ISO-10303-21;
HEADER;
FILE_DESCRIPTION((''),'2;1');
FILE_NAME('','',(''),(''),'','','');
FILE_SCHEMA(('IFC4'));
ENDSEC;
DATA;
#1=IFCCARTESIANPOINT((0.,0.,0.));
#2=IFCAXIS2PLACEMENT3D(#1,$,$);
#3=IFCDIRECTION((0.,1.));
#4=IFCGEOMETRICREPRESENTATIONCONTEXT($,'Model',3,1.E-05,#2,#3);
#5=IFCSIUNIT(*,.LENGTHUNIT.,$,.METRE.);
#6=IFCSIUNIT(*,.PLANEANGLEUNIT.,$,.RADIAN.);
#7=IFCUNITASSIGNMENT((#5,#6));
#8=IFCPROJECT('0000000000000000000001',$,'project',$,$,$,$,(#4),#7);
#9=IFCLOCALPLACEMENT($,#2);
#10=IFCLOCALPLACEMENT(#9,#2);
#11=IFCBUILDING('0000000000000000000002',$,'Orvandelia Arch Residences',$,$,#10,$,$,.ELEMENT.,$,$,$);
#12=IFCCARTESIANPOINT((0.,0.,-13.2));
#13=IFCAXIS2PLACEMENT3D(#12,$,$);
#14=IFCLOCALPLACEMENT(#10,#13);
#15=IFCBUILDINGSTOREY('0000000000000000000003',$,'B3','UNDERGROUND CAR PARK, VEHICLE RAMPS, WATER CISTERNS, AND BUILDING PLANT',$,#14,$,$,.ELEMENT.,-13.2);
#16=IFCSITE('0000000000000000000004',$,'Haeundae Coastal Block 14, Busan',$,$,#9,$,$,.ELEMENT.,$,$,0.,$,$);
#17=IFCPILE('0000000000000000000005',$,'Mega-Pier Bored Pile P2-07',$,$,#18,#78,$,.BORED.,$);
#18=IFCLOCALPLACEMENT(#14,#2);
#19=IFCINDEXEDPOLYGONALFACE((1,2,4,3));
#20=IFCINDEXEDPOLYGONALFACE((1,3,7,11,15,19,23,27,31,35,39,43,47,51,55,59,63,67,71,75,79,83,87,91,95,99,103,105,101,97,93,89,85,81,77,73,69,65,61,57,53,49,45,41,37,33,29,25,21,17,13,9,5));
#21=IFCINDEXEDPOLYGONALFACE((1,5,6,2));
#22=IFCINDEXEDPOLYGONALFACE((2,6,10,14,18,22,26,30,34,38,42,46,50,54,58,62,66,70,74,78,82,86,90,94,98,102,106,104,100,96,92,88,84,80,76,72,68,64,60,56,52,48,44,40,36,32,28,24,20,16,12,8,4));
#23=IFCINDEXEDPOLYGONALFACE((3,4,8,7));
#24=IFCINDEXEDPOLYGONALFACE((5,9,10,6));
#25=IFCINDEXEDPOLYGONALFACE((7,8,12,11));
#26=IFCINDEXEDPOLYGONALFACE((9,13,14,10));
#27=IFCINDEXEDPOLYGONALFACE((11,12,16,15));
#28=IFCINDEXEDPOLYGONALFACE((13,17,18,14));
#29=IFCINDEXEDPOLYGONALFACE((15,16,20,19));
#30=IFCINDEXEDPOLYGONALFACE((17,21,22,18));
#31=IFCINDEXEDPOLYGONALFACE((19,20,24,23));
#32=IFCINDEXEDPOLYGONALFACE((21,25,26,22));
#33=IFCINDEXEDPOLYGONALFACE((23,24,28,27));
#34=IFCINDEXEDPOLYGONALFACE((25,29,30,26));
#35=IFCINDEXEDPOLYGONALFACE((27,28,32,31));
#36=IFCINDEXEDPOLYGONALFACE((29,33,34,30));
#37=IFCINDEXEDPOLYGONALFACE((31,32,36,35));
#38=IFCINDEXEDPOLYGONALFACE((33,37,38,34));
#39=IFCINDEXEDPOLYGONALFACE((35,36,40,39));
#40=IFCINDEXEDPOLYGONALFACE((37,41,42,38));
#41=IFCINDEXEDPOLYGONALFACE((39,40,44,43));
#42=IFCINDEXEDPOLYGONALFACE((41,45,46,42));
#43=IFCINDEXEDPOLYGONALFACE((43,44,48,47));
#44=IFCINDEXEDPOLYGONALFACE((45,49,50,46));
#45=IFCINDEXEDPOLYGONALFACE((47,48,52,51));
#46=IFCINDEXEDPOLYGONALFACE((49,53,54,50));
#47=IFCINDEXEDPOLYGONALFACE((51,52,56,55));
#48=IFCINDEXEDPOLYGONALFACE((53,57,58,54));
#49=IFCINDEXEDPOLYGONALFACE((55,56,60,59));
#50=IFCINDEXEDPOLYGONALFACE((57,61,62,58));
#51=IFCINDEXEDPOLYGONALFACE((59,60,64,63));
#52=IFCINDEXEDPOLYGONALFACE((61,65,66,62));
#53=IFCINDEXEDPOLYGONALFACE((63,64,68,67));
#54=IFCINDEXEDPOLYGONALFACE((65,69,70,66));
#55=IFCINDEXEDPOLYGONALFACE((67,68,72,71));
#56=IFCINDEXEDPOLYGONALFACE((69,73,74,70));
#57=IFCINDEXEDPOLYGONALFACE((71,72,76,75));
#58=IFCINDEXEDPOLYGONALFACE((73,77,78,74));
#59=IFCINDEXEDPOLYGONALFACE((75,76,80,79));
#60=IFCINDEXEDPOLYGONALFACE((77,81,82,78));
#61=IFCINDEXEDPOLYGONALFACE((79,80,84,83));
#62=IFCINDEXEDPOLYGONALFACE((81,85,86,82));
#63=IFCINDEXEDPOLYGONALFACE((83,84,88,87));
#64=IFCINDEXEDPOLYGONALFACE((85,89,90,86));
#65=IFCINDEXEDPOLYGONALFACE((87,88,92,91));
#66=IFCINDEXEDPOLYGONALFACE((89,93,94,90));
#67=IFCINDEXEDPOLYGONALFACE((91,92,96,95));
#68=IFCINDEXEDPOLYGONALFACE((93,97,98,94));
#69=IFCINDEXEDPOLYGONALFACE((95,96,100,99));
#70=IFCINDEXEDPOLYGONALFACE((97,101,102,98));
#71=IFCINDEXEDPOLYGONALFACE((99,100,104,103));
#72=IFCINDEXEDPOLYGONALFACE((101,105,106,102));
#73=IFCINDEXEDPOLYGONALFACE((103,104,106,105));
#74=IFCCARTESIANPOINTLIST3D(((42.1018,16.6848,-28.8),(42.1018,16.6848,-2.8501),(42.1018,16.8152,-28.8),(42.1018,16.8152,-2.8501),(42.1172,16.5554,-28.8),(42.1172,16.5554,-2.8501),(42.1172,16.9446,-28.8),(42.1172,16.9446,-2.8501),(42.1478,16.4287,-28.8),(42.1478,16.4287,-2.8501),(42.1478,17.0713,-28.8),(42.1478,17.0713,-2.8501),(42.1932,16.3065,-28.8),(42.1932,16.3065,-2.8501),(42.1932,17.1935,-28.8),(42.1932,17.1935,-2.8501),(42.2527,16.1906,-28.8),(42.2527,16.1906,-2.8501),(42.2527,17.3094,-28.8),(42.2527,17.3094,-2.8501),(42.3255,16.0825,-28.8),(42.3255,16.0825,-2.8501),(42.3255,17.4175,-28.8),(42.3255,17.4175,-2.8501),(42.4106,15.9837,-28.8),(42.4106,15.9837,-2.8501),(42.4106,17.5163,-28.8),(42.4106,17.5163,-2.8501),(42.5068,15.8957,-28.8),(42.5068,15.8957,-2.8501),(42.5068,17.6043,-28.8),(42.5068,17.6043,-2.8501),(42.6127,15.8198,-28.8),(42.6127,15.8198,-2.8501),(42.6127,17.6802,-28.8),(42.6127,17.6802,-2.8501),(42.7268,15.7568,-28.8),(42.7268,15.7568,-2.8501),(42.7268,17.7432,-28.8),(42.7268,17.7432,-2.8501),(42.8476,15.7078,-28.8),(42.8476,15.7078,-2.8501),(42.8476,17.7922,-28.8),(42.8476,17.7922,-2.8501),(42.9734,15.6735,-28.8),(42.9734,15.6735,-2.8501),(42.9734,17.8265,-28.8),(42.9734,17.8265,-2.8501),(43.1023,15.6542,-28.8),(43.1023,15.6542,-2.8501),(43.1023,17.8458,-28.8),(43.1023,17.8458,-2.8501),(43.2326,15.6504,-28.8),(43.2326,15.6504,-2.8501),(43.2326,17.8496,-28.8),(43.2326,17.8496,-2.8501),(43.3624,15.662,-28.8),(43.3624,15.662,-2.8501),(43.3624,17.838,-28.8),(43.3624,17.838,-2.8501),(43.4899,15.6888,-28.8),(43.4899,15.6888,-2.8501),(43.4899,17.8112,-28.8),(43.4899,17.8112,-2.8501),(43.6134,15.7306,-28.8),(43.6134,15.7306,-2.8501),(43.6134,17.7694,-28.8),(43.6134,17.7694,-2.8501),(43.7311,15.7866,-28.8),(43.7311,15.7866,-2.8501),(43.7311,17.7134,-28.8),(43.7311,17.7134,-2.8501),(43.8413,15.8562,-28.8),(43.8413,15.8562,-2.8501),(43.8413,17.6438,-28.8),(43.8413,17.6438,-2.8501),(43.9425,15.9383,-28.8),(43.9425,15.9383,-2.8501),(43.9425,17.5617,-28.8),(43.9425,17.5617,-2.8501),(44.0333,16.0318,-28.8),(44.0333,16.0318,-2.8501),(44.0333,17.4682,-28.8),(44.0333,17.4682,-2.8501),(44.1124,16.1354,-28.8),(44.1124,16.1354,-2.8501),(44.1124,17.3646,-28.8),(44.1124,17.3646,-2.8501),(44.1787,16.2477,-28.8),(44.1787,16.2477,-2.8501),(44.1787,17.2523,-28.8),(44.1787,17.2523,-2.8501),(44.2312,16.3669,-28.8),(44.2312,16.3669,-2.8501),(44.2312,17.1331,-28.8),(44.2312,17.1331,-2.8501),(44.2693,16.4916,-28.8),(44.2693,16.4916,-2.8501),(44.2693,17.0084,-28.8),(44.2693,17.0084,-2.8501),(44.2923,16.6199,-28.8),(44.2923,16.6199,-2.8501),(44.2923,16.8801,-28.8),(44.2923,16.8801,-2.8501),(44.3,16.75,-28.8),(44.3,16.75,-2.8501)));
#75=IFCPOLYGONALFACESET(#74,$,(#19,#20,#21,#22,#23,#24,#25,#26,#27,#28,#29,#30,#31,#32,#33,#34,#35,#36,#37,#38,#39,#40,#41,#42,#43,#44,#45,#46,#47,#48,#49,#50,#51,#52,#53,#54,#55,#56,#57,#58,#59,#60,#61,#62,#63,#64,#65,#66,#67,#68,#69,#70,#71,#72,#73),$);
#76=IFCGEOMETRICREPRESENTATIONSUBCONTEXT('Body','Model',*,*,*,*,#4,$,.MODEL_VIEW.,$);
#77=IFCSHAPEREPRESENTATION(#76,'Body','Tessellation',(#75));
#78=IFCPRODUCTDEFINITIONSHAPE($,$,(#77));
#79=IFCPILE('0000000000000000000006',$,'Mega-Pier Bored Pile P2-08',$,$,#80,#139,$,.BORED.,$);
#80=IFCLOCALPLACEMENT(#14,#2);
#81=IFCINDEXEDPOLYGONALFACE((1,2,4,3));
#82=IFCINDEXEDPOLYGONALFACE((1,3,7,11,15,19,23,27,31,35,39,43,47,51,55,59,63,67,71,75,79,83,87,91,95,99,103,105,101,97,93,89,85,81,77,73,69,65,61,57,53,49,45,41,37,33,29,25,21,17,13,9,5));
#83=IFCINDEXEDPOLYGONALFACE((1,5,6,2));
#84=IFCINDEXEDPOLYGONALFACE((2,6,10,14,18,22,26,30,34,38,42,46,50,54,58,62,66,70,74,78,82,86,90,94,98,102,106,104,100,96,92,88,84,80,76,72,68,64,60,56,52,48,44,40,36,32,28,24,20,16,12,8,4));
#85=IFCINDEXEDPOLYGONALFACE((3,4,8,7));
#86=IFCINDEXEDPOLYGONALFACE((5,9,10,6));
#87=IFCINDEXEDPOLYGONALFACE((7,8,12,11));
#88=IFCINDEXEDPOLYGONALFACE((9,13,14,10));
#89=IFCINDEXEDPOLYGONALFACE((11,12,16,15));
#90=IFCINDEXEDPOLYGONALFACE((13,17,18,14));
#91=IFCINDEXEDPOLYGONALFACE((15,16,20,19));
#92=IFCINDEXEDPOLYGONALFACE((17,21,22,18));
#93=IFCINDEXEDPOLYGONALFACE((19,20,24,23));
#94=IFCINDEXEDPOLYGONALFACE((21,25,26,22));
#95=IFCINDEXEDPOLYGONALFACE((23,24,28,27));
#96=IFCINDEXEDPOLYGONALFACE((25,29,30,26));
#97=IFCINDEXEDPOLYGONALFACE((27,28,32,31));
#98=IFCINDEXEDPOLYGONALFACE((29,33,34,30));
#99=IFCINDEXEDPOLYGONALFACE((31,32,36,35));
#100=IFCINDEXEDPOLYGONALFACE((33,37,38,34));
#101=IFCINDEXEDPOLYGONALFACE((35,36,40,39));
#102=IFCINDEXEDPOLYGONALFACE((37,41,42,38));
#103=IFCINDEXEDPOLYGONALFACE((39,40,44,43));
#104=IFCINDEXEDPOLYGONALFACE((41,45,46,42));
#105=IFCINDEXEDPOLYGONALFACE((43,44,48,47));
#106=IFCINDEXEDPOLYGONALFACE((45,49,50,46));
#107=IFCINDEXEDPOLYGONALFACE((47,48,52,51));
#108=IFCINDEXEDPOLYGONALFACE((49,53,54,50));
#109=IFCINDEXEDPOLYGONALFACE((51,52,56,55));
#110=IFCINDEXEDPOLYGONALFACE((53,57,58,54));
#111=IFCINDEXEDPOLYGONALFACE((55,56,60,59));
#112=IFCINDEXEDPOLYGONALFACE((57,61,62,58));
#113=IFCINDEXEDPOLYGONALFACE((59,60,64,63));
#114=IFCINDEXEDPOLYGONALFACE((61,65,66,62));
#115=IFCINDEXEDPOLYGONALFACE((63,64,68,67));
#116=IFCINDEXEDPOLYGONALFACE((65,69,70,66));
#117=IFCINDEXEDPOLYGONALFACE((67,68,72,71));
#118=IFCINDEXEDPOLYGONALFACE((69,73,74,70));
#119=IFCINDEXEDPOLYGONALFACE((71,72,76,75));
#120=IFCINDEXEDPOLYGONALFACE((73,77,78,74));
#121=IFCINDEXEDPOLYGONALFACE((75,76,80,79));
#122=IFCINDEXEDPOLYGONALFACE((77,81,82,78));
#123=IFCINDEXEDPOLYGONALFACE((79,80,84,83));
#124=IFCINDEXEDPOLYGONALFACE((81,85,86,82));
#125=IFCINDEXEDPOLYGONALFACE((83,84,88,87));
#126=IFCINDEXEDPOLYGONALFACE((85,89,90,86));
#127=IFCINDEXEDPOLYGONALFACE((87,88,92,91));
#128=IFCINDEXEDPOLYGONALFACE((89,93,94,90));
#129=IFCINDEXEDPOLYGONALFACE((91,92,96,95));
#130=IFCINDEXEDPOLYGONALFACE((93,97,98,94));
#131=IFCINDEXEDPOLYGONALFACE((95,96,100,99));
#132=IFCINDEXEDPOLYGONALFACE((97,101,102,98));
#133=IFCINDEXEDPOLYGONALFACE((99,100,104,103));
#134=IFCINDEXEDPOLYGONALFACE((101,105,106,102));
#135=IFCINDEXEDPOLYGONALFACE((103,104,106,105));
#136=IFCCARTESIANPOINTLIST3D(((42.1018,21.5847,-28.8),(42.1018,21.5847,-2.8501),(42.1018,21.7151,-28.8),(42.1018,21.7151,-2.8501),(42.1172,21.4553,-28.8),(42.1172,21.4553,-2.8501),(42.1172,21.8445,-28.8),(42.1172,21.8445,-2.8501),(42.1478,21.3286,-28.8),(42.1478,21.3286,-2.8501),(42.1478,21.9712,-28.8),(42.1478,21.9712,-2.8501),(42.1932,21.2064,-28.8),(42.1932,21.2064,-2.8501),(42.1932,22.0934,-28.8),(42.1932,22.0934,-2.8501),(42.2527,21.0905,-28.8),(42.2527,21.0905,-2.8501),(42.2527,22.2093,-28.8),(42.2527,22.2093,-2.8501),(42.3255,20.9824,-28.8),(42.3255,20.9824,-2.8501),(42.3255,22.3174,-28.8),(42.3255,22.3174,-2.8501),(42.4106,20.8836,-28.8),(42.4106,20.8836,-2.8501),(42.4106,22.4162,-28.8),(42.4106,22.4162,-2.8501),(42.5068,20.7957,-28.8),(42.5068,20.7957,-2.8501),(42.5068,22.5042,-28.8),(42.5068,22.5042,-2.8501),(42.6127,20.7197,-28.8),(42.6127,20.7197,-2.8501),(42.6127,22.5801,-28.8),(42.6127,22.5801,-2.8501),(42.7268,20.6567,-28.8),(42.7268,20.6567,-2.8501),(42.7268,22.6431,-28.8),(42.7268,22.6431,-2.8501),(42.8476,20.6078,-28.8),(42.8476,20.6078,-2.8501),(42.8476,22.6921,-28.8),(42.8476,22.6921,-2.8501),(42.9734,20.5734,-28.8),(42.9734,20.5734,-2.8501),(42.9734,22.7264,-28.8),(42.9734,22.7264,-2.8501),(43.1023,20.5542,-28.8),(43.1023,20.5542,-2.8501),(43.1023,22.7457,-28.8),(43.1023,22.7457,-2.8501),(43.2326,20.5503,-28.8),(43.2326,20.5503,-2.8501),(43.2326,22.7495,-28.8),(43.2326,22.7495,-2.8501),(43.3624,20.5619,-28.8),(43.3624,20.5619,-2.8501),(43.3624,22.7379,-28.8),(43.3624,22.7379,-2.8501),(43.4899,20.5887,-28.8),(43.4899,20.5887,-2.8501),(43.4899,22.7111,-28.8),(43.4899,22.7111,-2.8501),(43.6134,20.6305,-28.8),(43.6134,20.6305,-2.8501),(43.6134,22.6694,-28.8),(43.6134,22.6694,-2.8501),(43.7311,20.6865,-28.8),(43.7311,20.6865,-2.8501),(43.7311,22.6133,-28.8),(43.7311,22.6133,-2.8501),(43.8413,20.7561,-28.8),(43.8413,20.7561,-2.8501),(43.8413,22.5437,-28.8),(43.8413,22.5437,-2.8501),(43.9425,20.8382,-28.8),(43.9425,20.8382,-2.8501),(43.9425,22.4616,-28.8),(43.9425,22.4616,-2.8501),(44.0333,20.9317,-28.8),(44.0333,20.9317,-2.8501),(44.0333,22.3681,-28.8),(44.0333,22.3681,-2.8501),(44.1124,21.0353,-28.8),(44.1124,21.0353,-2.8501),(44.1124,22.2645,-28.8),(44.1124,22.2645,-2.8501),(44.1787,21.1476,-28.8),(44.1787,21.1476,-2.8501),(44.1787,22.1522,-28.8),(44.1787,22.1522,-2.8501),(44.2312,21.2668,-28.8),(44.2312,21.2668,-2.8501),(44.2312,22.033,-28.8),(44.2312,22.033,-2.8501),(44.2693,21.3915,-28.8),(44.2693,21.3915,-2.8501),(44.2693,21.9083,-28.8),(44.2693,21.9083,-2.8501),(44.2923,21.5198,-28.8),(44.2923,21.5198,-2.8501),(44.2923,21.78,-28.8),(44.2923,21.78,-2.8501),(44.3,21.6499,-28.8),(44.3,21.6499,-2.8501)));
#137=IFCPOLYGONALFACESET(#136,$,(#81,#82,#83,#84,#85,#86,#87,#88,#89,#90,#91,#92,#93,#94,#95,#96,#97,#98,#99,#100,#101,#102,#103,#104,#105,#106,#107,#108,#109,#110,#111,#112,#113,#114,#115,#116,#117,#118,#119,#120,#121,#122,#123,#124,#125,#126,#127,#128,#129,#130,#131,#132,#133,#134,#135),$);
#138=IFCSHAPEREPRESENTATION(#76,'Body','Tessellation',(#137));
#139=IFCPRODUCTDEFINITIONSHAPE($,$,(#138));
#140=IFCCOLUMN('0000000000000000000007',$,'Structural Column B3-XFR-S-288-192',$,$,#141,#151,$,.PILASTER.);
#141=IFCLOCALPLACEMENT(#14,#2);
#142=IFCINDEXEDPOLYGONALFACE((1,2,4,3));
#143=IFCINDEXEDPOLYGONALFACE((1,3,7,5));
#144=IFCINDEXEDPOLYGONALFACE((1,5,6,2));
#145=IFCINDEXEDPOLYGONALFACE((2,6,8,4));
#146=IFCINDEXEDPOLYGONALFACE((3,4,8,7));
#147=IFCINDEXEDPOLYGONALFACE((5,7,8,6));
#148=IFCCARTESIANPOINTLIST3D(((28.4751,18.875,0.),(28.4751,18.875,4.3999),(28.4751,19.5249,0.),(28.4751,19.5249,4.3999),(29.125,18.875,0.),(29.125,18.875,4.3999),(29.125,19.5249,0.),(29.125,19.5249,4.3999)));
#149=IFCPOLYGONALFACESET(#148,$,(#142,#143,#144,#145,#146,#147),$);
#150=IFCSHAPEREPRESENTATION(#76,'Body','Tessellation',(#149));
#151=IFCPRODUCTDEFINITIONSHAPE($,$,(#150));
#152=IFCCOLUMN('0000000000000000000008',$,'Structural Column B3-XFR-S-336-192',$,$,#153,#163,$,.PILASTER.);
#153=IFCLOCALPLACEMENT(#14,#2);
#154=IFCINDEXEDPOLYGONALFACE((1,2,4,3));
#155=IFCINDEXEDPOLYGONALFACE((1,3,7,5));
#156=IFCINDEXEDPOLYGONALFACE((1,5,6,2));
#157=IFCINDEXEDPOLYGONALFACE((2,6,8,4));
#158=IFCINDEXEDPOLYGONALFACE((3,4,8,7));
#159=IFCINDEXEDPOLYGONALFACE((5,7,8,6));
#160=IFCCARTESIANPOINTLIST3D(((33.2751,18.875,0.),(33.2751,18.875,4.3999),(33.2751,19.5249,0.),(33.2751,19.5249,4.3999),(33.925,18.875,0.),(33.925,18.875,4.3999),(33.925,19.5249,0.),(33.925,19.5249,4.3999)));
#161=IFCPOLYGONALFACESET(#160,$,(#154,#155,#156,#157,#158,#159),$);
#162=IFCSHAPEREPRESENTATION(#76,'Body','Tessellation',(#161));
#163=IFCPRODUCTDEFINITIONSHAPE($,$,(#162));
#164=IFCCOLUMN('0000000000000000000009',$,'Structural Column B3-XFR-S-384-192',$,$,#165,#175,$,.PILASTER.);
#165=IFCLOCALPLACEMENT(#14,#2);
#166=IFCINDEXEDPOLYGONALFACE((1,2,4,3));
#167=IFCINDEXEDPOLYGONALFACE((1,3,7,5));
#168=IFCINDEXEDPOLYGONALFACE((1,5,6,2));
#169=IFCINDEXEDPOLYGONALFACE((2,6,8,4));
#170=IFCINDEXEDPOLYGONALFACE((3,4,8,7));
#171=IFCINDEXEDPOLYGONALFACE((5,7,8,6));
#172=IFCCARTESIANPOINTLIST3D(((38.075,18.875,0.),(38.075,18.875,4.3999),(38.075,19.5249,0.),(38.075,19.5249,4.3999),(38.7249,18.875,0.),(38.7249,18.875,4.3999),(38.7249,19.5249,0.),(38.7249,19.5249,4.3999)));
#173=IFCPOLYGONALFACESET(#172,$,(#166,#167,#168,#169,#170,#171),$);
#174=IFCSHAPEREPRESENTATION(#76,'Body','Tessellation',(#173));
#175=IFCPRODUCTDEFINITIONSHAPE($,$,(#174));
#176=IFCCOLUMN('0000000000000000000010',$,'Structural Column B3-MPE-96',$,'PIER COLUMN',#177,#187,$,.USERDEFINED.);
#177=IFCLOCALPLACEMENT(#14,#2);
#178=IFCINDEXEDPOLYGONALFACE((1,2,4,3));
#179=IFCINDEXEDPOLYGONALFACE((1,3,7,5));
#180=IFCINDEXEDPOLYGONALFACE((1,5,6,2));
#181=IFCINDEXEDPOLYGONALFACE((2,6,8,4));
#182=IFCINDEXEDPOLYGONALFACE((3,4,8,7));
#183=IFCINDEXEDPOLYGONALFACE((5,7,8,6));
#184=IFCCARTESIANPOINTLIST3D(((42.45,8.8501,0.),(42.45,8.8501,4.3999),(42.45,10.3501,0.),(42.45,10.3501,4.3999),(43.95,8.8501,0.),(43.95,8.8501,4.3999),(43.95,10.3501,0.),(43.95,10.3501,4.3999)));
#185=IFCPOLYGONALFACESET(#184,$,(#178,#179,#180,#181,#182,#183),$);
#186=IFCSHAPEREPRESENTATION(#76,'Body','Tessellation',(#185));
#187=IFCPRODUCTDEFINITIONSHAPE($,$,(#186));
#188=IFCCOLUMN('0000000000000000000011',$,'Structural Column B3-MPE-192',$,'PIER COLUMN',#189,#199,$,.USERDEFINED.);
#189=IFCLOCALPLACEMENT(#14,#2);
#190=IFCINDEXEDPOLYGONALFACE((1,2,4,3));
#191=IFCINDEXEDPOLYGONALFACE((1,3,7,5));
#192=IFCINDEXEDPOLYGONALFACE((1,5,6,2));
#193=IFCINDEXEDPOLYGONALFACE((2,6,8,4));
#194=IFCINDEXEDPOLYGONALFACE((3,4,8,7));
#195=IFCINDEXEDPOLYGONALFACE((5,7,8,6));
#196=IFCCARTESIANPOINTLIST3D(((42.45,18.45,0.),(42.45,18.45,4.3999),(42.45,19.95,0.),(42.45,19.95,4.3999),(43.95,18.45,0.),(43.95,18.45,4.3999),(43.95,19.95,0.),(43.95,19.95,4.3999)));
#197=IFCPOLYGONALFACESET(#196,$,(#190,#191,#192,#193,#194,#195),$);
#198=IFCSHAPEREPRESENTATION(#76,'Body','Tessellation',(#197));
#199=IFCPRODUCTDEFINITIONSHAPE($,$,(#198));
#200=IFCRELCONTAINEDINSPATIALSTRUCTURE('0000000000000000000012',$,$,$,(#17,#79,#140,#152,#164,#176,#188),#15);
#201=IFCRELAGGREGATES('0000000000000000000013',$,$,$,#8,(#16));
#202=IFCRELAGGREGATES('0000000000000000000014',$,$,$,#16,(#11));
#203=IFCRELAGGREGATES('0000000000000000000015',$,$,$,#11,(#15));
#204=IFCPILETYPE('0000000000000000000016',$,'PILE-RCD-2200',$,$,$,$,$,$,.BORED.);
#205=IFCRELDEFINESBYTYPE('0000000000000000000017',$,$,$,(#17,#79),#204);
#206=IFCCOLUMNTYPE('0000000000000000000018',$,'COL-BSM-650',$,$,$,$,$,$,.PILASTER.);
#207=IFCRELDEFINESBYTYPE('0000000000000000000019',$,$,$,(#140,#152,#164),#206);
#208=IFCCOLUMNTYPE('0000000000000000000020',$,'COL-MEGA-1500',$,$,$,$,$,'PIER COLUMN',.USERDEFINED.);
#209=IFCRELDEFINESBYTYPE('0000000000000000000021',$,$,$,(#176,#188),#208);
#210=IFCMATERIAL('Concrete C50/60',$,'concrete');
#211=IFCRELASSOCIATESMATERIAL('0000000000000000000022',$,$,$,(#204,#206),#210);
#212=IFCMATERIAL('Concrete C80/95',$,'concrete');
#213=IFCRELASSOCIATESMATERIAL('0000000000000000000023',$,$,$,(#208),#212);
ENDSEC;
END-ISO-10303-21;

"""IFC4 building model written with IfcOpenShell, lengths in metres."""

from ifc_helpers import new_model, si_unit, direction, frame, origin, origin_2d, place, context, subcontext, project, spatial, rectangle, circle, extrude, material, material_profile, profile_set, type_object, element, save


model = new_model("IFC4")

# Units and contexts
model_context = context("Model", 3, precision=1e-05, world=origin(), true_north=direction((0.0, 1.0)))
body_context = subcontext(model_context, "Body", "Model", "MODEL_VIEW")
ifc_project = project(units=[si_unit("LENGTHUNIT", "METRE"), si_unit("PLANEANGLEUNIT", "RADIAN")], contexts=[model_context])

# Site, building, storey
site_placement = place(None, origin())
site = spatial("IfcSite", under=ifc_project, at=site_placement, Name="Haeundae Coastal Block 14, Busan", CompositionType="ELEMENT", RefElevation=0.0)
building_placement = place(site_placement, origin())
building = spatial("IfcBuilding", under=site, at=building_placement, Name="Orvandelia Arch Residences", CompositionType="ELEMENT")
storey_placement = place(building_placement, frame((0.0, 0.0, -13.2)))
storey = spatial("IfcBuildingStorey", under=building, at=storey_placement, Name="B3", Description="UNDERGROUND CAR PARK, VEHICLE RAMPS, WATER CISTERNS, AND BUILDING PLANT", CompositionType="ELEMENT", Elevation=-13.2)

# Shared definitions
ifc_material_1 = material(Name="Concrete C50/60", Category="concrete")

# Piles
ifc_material_profile_1 = material_profile(ifc_material_1, circle(Radius=1.1001, at=origin_2d()), Name="Concrete C50/60", Category="concrete")
ifc_profile_set_1 = profile_set([ifc_material_profile_1], Name="Concrete C50/60")
pile_type = type_object("IfcPileType", Name="PILE-RCD-2200", PredefinedType="BORED", material=ifc_profile_set_1)
for number, where, z_axis, x_axis, name in (
    (1, (43.2, 16.75, -2.8501), (0.0, 0.0, -1.0), (1.0, 0.0, 0.0), "Mega-Pier Bored Pile P2-07"),
    (2, (43.2, 21.6499, -2.8501), (0.0, 0.0, -1.0), (1.0, 0.0, 0.0), "Mega-Pier Bored Pile P2-08"),
):
    element("IfcPile", number, at=place(storey_placement, frame(where, z_axis=z_axis, x_axis=x_axis)), inside=storey, type_object=pile_type, Name=name, PredefinedType="BORED", context=body_context, shape_type="SweptSolid", body=[
        extrude(circle(Radius=1.1001, at=origin_2d()), origin(), (0.0, 0.0, 1.0), 25.95),
    ])

# Columns
ifc_material_profile_2 = material_profile(ifc_material_1, rectangle(XDim=0.6499, YDim=0.6499, at=origin_2d()), Name="Concrete C50/60", Category="concrete")
ifc_profile_set_2 = profile_set([ifc_material_profile_2], Name="Concrete C50/60")
column_type_1 = type_object("IfcColumnType", Name="COL-BSM-650", PredefinedType="PILASTER", material=ifc_profile_set_2)
for number, where, z_axis, x_axis, name in (
    (3, (28.8, 19.2, 0.0), (0.0, 0.0, 1.0), (1.0, 0.0, 0.0), "Structural Column B3-XFR-S-288-192"),
    (4, (33.6001, 19.2, 0.0), (0.0, 0.0, 1.0), (1.0, 0.0, 0.0), "Structural Column B3-XFR-S-336-192"),
    (5, (38.3999, 19.2, 0.0), (0.0, 0.0, 1.0), (1.0, 0.0, 0.0), "Structural Column B3-XFR-S-384-192"),
):
    element("IfcColumn", number, at=place(storey_placement, frame(where, z_axis=z_axis, x_axis=x_axis)), inside=storey, type_object=column_type_1, Name=name, PredefinedType="PILASTER", context=body_context, shape_type="SweptSolid", body=[
        extrude(rectangle(XDim=0.6499, YDim=0.6499, at=origin_2d()), origin(), (0.0, 0.0, 1.0), 4.3999),
    ])
ifc_material_2 = material(Name="Concrete C80/95", Category="concrete")
ifc_material_profile_3 = material_profile(ifc_material_2, rectangle(XDim=1.5, YDim=1.5, at=origin_2d()), Name="Concrete C80/95", Category="concrete")
ifc_profile_set_3 = profile_set([ifc_material_profile_3], Name="Concrete C80/95")
column_type_2 = type_object("IfcColumnType", Name="COL-MEGA-1500", ElementType="PIER COLUMN", PredefinedType="USERDEFINED", material=ifc_profile_set_3)
for number, where, z_axis, x_axis, name in (
    (6, (43.2, 9.6001, 0.0), (0.0, 0.0, 1.0), (1.0, 0.0, 0.0), "Structural Column B3-MPE-96"),
    (7, (43.2, 19.2, 0.0), (0.0, 0.0, 1.0), (1.0, 0.0, 0.0), "Structural Column B3-MPE-192"),
):
    element("IfcColumn", number, at=place(storey_placement, frame(where, z_axis=z_axis, x_axis=x_axis)), inside=storey, type_object=column_type_2, Name=name, ObjectType="PIER COLUMN", PredefinedType="USERDEFINED", context=body_context, shape_type="SweptSolid", body=[
        extrude(rectangle(XDim=1.5, YDim=1.5, at=origin_2d()), origin(), (0.0, 0.0, 1.0), 4.3999),
    ])

save(model, "model.ifc")
